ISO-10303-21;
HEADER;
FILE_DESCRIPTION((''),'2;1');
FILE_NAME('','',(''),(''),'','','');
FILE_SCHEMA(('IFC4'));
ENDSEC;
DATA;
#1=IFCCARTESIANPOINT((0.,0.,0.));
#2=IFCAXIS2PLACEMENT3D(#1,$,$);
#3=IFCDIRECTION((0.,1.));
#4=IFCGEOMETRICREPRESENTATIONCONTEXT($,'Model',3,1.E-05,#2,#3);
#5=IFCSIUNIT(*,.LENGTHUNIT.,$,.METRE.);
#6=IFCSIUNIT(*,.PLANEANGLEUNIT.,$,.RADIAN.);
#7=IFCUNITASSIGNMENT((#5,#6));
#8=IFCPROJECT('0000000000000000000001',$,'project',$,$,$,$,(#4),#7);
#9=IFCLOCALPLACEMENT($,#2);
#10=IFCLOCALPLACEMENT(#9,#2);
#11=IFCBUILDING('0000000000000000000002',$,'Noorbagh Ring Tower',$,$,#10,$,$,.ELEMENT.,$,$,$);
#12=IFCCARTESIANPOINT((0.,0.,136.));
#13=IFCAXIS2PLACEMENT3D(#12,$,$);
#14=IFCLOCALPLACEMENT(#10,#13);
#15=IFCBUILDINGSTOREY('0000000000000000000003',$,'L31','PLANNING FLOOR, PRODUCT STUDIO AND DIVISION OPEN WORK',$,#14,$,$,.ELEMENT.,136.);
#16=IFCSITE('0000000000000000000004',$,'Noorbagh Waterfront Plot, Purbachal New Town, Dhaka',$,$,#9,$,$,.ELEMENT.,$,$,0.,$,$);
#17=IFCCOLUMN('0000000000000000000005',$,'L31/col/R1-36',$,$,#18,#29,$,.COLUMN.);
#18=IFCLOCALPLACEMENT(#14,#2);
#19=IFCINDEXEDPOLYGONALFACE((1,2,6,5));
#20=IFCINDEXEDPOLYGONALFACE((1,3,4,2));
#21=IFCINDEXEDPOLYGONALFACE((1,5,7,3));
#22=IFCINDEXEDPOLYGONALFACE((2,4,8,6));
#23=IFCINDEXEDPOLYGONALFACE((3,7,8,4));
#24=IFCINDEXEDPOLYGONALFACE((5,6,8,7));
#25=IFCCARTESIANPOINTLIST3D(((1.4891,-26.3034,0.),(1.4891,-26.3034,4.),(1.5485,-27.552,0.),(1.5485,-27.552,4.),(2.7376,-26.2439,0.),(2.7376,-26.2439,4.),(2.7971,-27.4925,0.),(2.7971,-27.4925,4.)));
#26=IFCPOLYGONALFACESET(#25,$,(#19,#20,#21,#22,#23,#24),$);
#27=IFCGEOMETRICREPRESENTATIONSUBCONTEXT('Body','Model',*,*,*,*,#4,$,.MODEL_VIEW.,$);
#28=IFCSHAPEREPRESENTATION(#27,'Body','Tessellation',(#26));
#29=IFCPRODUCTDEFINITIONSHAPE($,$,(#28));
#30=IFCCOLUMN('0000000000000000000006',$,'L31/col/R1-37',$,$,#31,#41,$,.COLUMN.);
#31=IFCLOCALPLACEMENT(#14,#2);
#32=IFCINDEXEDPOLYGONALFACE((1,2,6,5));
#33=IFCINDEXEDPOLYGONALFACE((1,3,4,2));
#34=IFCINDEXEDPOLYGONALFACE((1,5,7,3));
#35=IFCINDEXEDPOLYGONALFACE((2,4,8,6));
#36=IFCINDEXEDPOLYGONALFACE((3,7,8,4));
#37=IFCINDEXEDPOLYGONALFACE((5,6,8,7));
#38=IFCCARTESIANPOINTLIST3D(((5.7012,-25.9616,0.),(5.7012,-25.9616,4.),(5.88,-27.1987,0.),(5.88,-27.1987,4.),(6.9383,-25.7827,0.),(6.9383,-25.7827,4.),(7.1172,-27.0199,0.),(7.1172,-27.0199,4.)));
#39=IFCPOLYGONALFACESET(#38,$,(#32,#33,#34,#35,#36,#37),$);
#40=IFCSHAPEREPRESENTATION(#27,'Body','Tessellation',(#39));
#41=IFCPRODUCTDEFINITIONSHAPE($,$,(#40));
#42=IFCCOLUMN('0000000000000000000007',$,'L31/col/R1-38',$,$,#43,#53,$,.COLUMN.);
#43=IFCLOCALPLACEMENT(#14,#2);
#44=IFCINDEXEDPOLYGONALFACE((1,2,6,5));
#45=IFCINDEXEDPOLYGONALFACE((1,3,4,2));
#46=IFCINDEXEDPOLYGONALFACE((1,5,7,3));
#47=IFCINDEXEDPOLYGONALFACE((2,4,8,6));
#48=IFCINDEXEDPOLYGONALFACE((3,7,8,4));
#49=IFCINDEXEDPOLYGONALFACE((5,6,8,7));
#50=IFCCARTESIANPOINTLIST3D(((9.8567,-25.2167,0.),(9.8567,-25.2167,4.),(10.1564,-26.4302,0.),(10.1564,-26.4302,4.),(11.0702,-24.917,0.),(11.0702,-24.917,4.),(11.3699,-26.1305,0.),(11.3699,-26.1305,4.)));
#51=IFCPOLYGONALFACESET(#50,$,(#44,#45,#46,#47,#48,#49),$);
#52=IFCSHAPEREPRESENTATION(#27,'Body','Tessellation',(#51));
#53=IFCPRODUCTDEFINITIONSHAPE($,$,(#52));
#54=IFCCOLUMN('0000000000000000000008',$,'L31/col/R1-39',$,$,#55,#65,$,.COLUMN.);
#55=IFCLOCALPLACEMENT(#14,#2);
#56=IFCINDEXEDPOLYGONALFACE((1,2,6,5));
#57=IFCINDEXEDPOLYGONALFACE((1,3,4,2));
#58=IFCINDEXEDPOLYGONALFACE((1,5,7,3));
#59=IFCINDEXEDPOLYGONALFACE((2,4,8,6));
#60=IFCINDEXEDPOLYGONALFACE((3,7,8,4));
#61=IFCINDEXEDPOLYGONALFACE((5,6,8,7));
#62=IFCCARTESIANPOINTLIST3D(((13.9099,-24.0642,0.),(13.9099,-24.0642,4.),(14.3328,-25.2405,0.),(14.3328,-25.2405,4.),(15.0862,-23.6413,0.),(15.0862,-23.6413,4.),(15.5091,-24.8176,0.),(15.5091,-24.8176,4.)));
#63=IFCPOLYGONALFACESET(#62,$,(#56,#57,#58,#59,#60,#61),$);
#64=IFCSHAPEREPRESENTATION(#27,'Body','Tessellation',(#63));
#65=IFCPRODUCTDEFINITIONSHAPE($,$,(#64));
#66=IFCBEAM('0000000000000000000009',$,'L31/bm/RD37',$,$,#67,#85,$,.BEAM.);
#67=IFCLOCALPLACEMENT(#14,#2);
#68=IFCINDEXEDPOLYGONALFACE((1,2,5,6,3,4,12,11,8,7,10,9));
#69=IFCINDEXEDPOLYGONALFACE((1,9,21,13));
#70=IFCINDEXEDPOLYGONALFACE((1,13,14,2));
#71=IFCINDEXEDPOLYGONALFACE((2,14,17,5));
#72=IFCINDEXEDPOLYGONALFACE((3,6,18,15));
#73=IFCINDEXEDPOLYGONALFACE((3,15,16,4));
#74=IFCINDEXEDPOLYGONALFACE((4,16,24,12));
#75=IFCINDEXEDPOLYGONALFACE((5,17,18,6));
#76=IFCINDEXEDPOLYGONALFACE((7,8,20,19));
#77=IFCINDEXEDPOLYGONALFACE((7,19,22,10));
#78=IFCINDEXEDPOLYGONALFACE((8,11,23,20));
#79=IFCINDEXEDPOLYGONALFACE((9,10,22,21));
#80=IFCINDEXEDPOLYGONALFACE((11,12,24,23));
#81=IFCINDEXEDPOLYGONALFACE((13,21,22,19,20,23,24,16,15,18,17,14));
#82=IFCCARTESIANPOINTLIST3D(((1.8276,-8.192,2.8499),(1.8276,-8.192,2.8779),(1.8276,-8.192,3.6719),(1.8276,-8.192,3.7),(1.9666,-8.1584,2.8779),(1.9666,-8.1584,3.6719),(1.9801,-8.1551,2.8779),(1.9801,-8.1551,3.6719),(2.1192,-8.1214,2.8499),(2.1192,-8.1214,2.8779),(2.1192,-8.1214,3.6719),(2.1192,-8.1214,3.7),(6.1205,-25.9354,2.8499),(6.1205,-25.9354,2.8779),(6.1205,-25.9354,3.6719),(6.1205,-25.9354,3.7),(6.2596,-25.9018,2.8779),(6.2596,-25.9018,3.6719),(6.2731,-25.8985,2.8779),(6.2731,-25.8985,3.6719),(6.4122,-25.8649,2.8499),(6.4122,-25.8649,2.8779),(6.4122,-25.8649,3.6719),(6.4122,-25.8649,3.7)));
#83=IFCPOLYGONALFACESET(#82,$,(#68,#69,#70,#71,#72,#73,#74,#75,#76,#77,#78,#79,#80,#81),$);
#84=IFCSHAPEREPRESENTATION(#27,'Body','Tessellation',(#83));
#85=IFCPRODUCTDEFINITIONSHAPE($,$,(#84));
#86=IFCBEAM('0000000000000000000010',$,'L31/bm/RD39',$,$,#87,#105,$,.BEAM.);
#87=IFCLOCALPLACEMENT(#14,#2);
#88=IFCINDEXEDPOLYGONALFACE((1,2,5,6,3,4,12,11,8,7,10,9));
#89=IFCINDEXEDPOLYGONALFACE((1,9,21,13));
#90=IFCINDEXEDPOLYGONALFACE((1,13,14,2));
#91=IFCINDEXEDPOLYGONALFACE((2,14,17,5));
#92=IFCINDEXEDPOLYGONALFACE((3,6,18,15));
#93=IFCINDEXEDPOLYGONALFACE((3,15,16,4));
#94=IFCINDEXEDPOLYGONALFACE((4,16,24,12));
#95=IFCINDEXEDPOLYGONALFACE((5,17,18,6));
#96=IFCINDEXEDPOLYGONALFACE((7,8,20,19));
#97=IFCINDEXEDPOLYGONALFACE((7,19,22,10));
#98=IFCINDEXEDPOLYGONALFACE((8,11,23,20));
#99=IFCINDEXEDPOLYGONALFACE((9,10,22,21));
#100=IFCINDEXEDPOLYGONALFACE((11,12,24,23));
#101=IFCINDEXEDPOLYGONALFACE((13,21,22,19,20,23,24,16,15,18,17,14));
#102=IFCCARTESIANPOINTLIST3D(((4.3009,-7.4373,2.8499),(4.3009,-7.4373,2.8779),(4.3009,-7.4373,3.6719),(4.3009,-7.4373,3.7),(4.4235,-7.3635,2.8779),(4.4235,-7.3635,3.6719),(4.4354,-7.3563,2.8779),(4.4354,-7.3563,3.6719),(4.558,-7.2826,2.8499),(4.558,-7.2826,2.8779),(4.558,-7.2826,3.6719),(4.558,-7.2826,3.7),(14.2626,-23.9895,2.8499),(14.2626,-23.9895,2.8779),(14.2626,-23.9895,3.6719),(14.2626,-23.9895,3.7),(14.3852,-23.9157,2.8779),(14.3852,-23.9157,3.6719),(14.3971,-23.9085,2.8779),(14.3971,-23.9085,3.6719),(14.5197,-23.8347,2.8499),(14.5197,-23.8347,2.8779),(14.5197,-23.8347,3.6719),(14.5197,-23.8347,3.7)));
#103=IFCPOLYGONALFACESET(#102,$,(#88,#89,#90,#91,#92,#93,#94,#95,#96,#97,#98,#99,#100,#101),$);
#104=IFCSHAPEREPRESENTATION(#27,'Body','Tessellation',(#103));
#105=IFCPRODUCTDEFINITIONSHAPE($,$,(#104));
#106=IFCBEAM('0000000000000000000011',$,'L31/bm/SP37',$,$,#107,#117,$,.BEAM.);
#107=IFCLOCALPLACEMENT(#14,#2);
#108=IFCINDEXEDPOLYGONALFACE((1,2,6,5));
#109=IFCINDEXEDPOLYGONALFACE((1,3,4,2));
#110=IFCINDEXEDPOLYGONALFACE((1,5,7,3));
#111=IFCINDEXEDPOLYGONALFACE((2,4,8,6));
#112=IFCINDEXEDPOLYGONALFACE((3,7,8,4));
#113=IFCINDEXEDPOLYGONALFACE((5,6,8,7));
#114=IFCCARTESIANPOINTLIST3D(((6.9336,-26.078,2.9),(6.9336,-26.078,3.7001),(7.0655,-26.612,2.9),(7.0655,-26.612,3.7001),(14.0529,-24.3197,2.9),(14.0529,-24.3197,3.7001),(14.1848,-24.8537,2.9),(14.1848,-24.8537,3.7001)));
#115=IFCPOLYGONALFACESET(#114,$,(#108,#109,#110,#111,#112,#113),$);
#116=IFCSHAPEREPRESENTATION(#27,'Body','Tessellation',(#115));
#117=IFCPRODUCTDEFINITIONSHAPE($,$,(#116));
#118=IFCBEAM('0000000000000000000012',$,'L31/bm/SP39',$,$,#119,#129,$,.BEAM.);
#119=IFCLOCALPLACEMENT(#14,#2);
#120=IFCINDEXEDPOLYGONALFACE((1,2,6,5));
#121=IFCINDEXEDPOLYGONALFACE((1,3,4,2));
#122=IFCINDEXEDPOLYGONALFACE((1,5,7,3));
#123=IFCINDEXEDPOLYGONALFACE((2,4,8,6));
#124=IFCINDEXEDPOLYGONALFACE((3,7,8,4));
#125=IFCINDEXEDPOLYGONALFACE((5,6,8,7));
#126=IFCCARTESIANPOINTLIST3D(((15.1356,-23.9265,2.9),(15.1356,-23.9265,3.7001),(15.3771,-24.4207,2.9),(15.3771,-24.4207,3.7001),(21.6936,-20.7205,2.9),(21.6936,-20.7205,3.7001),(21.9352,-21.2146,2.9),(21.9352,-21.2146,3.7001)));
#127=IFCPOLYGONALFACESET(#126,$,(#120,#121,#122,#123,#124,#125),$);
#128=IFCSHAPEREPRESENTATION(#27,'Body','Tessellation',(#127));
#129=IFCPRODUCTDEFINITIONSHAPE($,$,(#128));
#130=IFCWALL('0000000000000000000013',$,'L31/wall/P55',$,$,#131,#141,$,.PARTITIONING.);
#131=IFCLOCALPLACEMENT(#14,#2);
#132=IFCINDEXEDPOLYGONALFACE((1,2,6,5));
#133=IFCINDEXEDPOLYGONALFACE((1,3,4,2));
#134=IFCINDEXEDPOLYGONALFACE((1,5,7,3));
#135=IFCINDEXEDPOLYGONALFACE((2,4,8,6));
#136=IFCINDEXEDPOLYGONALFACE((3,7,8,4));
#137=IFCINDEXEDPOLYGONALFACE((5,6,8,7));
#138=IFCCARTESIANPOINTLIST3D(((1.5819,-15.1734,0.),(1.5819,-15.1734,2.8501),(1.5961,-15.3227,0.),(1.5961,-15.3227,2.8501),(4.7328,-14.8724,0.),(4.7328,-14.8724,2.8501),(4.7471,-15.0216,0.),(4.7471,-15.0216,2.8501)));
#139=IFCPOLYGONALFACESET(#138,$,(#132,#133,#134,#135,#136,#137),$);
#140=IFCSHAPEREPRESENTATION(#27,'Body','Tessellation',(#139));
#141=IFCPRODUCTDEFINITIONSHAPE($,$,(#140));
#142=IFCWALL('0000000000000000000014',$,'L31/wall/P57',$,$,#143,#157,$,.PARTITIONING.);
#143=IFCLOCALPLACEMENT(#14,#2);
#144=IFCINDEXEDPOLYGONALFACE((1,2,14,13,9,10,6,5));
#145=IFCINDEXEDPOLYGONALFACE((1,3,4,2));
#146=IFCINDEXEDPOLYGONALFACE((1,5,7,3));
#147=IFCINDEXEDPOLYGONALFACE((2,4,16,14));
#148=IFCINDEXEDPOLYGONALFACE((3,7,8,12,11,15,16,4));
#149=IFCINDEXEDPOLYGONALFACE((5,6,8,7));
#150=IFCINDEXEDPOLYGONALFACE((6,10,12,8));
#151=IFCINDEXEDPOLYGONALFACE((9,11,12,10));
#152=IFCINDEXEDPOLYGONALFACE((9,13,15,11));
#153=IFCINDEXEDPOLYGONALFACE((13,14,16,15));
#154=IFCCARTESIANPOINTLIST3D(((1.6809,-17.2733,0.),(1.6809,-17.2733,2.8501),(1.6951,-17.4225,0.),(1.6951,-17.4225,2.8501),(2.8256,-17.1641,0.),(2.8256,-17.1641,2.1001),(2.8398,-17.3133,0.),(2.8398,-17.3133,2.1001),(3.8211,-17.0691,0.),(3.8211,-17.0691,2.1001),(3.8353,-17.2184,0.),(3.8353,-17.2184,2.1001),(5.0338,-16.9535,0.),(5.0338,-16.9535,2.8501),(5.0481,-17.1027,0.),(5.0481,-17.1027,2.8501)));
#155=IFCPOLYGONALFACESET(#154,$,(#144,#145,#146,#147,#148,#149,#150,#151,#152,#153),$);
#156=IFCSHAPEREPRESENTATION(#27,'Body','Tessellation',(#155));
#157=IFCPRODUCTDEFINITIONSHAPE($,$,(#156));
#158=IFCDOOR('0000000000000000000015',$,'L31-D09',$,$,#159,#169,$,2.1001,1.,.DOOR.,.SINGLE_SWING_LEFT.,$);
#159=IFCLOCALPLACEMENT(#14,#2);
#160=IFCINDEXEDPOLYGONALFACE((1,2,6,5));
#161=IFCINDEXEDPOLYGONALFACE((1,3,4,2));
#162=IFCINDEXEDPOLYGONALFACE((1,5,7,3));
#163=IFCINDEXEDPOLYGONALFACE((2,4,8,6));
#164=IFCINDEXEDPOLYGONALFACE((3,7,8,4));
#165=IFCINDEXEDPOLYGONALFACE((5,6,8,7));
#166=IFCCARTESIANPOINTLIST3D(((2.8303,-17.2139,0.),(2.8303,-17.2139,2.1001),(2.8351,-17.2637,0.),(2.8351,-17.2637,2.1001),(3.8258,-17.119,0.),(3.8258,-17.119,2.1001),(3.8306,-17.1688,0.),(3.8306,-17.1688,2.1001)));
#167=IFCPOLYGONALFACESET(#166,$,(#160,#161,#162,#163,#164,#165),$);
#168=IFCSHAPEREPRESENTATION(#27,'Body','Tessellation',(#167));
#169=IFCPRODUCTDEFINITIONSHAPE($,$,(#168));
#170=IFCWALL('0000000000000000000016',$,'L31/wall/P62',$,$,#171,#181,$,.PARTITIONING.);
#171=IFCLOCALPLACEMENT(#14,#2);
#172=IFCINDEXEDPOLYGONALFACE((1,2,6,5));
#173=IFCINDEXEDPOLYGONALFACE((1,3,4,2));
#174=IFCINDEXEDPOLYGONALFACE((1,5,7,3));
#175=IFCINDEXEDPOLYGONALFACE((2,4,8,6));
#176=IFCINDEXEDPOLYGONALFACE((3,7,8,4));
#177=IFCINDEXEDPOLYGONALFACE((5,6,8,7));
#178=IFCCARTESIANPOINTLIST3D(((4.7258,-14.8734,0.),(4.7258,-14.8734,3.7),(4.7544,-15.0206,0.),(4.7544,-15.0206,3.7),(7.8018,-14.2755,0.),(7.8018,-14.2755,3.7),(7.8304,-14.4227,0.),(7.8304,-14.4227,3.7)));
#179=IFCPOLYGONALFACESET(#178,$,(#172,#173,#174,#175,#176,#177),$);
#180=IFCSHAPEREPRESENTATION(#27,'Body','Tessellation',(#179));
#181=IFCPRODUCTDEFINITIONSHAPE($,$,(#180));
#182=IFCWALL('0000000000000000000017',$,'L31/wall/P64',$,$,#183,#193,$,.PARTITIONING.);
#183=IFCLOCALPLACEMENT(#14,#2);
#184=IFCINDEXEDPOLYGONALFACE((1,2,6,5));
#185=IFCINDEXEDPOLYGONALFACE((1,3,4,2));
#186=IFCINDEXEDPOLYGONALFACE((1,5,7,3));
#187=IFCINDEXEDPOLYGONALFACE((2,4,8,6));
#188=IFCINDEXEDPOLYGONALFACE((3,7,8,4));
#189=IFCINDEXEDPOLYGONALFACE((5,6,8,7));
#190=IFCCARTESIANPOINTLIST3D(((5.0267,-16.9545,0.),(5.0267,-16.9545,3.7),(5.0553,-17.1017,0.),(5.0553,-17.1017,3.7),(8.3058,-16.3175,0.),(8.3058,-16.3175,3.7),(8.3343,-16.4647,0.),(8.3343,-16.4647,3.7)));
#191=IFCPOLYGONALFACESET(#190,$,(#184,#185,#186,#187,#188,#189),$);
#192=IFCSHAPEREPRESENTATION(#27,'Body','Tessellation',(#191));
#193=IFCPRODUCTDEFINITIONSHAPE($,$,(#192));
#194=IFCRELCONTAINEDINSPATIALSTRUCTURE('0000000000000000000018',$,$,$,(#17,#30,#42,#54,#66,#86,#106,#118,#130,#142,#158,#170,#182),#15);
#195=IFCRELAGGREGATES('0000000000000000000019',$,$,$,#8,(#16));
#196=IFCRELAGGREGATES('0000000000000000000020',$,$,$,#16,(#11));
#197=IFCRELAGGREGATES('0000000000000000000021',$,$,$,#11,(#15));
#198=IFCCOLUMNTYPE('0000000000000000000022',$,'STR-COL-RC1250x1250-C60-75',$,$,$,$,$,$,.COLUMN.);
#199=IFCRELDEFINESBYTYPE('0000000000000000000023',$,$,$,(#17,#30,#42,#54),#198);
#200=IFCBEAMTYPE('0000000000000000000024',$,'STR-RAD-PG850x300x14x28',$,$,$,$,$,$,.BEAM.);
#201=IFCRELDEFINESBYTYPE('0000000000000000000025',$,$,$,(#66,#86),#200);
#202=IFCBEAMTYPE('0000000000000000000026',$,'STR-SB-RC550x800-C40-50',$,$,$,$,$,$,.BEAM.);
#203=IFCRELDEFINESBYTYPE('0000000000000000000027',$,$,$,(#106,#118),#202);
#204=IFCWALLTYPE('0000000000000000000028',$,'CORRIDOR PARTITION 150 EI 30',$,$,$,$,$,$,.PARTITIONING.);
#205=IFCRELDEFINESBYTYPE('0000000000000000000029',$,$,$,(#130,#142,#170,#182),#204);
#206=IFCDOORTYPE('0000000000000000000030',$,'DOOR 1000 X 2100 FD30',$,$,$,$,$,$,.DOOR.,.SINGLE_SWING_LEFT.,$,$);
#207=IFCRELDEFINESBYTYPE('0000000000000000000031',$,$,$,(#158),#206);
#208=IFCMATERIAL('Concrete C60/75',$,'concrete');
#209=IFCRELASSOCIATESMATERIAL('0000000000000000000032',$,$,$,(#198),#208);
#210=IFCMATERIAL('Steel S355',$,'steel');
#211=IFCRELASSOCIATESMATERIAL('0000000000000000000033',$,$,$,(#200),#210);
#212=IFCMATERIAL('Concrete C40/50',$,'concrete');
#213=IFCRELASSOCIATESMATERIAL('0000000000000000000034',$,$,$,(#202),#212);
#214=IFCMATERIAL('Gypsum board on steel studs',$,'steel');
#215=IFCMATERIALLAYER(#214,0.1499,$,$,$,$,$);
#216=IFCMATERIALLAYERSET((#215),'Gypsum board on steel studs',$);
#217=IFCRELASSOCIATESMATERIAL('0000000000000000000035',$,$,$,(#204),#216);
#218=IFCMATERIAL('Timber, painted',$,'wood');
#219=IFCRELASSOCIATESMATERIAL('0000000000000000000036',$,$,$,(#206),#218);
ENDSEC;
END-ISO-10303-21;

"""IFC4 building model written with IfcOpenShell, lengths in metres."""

from ifc_helpers import new_model, si_unit, direction, frame, frame_2d, origin, origin_2d, place, context, subcontext, project, spatial, rectangle, i_section, extrude, material, layer, layer_set, material_profile, profile_set, type_object, element, fill, save


model = new_model("IFC4")

# Units and contexts
model_context = context("Model", 3, precision=1e-05, world=origin(), true_north=direction((0.0, 1.0)))
body_context = subcontext(model_context, "Body", "Model", "MODEL_VIEW")
ifc_project = project(units=[si_unit("LENGTHUNIT", "METRE"), si_unit("PLANEANGLEUNIT", "RADIAN")], contexts=[model_context])

# Site, building, storey
site_placement = place(None, origin())
site = spatial("IfcSite", under=ifc_project, at=site_placement, Name="Noorbagh Waterfront Plot, Purbachal New Town, Dhaka", CompositionType="ELEMENT", RefElevation=0.0)
building_placement = place(site_placement, origin())
building = spatial("IfcBuilding", under=site, at=building_placement, Name="Noorbagh Ring Tower", CompositionType="ELEMENT")
storey_placement = place(building_placement, frame((0.0, 0.0, 136.0)))
storey = spatial("IfcBuildingStorey", under=building, at=storey_placement, Name="L31", Description="PLANNING FLOOR, PRODUCT STUDIO AND DIVISION OPEN WORK", CompositionType="ELEMENT", Elevation=136.0)

# Columns
ifc_material_1 = material(Name="Concrete C60/75", Category="concrete")
ifc_material_profile_1 = material_profile(ifc_material_1, rectangle(XDim=1.25, YDim=1.25, at=origin_2d()), Name="RC1250x1250")
ifc_profile_set_1 = profile_set([ifc_material_profile_1], Name="Concrete C60/75")
column_type = type_object("IfcColumnType", Name="STR-COL-RC1250x1250-C60-75", PredefinedType="COLUMN", material=ifc_profile_set_1)
for number, where, z_axis, x_axis, name in (
    (1, (2.1431, -26.8979, 0.0), (0.0, 0.0, 1.0), (0.998869, 0.047553, 0.0), "L31/col/R1-36"),
    (2, (6.4092, -26.4907, 0.0), (0.0, 0.0, 1.0), (0.989713, 0.143066, 0.0), "L31/col/R1-37"),
    (3, (10.6133, -25.6736, 0.0), (0.0, 0.0, 1.0), (0.970829, 0.239771, 0.0), "L31/col/R1-38"),
    (4, (14.7095, -24.4409, 0.0), (0.0, 0.0, 1.0), (0.941025, 0.338338, 0.0), "L31/col/R1-39"),
):
    element("IfcColumn", number, at=place(storey_placement, frame(where, z_axis=z_axis, x_axis=x_axis)), inside=storey, type_object=column_type, Name=name, PredefinedType="COLUMN", context=body_context, shape_type="SweptSolid", body=[
        extrude(rectangle(XDim=1.25, YDim=1.25, at=origin_2d()), origin(), (0.0, 0.0, 1.0), 4.0),
    ])

# Beams
ifc_material_2 = material(Name="Steel S355", Category="steel")
ifc_material_profile_2 = material_profile(ifc_material_2, i_section(OverallWidth=0.3, OverallDepth=0.8501, WebThickness=0.0139, FlangeThickness=0.0281, at=origin_2d()), Name="PG850x300x14x28")
ifc_profile_set_2 = profile_set([ifc_material_profile_2], Name="Steel S355")
beam_type_1 = type_object("IfcBeamType", Name="STR-RAD-PG850x300x14x28", PredefinedType="BEAM", material=ifc_profile_set_2)
beam_1_placement = place(storey_placement, frame((6.2664, -25.9001, 3.2749), z_axis=(-0.235162, 0.971956, 0.0), x_axis=(-0.971956, -0.235162, 0.0)))
element("IfcBeam", 5, at=beam_1_placement, inside=storey, type_object=beam_type_1, Name="L31/bm/RD37", PredefinedType="BEAM", context=body_context, shape_type="SweptSolid", body=[
    extrude(i_section(OverallWidth=0.3, OverallDepth=0.8501, WebThickness=0.0139, FlangeThickness=0.0281, at=origin_2d()), origin(), (0.0, 0.0, 1.0), 18.2554),
])
beam_2_placement = place(storey_placement, frame((14.3911, -23.9121, 3.2749), z_axis=(-0.515649, 0.8568, 0.0), x_axis=(-0.8568, -0.515649, 0.0)))
element("IfcBeam", 6, at=beam_2_placement, inside=storey, type_object=beam_type_1, Name="L31/bm/RD39", PredefinedType="BEAM", context=body_context, shape_type="SweptSolid", body=[
    extrude(i_section(OverallWidth=0.3, OverallDepth=0.8501, WebThickness=0.0139, FlangeThickness=0.0281, at=origin_2d()), origin(), (0.0, 0.0, 1.0), 19.3186),
])
ifc_material_3 = material(Name="Concrete C40/50", Category="concrete")
ifc_material_profile_3 = material_profile(ifc_material_3, rectangle(XDim=0.55, YDim=0.8, at=origin_2d()), Name="RC550x800")
ifc_profile_set_3 = profile_set([ifc_material_profile_3], Name="Concrete C40/50")
beam_type_2 = type_object("IfcBeamType", Name="STR-SB-RC550x800-C40-50", PredefinedType="BEAM", material=ifc_profile_set_3)
beam_3_placement = place(storey_placement, frame((6.9995, -26.345, 3.3), z_axis=(0.97083, 0.239769, 0.0), x_axis=(-0.239769, 0.97083, 0.0)))
element("IfcBeam", 7, at=beam_3_placement, inside=storey, type_object=beam_type_2, Name="L31/bm/SP37", PredefinedType="BEAM", context=body_context, shape_type="SweptSolid", body=[
    extrude(rectangle(XDim=0.55, YDim=0.8, at=origin_2d()), origin(), (0.0, 0.0, 1.0), 7.3333),
])
beam_4_placement = place(storey_placement, frame((15.2563, -24.1736, 3.3), z_axis=(0.898391, 0.439196, 0.0), x_axis=(-0.439196, 0.898391, 0.0)))
element("IfcBeam", 8, at=beam_4_placement, inside=storey, type_object=beam_type_2, Name="L31/bm/SP39", PredefinedType="BEAM", context=body_context, shape_type="SweptSolid", body=[
    extrude(rectangle(XDim=0.55, YDim=0.8, at=origin_2d()), origin(), (0.0, 0.0, 1.0), 7.2998),
])

# Wall
ifc_material_4 = material(Name="Gypsum board on steel studs", Category="steel")
ifc_layer_1 = layer(ifc_material_4, 0.1499)
ifc_layer_set_1 = layer_set([ifc_layer_1], Name="Gypsum board on steel studs")
wall_type_1 = type_object("IfcWallType", Name="CORRIDOR PARTITION 150 EI 30", PredefinedType="PARTITIONING", material=ifc_layer_set_1)
wall_1_placement = place(storey_placement, frame((1.5891, -15.248, 0.0), z_axis=(0.0, 0.0, 1.0), x_axis=(0.995467, 0.095104, 0.0)))
element("IfcWall", 9, at=wall_1_placement, inside=storey, type_object=wall_type_1, Name="L31/wall/P55", PredefinedType="PARTITIONING", context=body_context, shape_type="SweptSolid", body=[
    extrude(rectangle(XDim=3.1653, YDim=0.1499, at=frame_2d((1.5825, 0.0))), origin(), (0.0, 0.0, 1.0), 2.8501),
])

# Wall, opening, door
wall_2_placement = place(storey_placement, frame((1.688, -17.3479, 0.0), z_axis=(0.0, 0.0, 1.0), x_axis=(0.995482, 0.094953, 0.0)))
wall_2 = element("IfcWall", 10, at=wall_2_placement, inside=storey, type_object=wall_type_1, Name="L31/wall/P57", PredefinedType="PARTITIONING", context=body_context, shape_type="SweptSolid", body=[
    extrude(rectangle(XDim=3.3682, YDim=0.1499, at=frame_2d((1.6841, 0.0))), origin(), (0.0, 0.0, 1.0), 2.8501),
])
opening_placement = place(wall_2_placement, frame((1.1499, 0.0, 0.0)))
opening = element("IfcOpeningElement", 11, at=opening_placement, cuts=wall_2, PredefinedType="OPENING", context=body_context, shape_type="SweptSolid", body=[
    extrude(rectangle(XDim=1.0, YDim=2.1001, at=frame_2d((0.5, 1.05))), frame((0.0, 0.085, 0.0), z_axis=(0.0, -1.0, 0.0), x_axis=(1.0, 0.0, 0.0)), (0.0, 0.0, 1.0), 0.1699),
])
ifc_material_5 = material(Name="Timber, painted", Category="wood")
door_type = type_object("IfcDoorType", Name="DOOR 1000 X 2100 FD30", OperationType="SINGLE_SWING_LEFT", PredefinedType="DOOR", material=ifc_material_5)
door_placement = place(opening_placement, origin())
door = element("IfcDoor", 12, at=door_placement, inside=storey, type_object=door_type, Name="L31-D09", OperationType="SINGLE_SWING_LEFT", OverallHeight=2.1001, OverallWidth=1.0, PredefinedType="DOOR", context=body_context, shape_type="SweptSolid", body=[
    extrude(rectangle(XDim=1.0, YDim=2.1001, at=frame_2d((0.5, 1.05))), frame((0.0, 0.0249, 0.0), z_axis=(0.0, -1.0, 0.0), x_axis=(1.0, 0.0, 0.0)), (0.0, 0.0, 1.0), 0.05),
])
fill(opening, door)

# Walls
wall_3_placement = place(storey_placement, frame((4.74, -14.947, 0.0), z_axis=(0.0, 0.0, 1.0), x_axis=(0.981627, 0.190809, 0.0)))
element("IfcWall", 13, at=wall_3_placement, inside=storey, type_object=wall_type_1, Name="L31/wall/P62", PredefinedType="PARTITIONING", context=body_context, shape_type="SweptSolid", body=[
    extrude(rectangle(XDim=3.1335, YDim=0.1499, at=frame_2d((1.5669, 0.0))), origin(), (0.0, 0.0, 1.0), 3.7),
])
wall_4_placement = place(storey_placement, frame((5.041, -17.0281, 0.0), z_axis=(0.0, 0.0, 1.0), x_axis=(0.981651, 0.190688, 0.0)))
element("IfcWall", 14, at=wall_4_placement, inside=storey, type_object=wall_type_1, Name="L31/wall/P64", PredefinedType="PARTITIONING", context=body_context, shape_type="SweptSolid", body=[
    extrude(rectangle(XDim=3.3403, YDim=0.1499, at=frame_2d((1.6702, 0.0))), origin(), (0.0, 0.0, 1.0), 3.7),
])

save(model, "model.ifc")
